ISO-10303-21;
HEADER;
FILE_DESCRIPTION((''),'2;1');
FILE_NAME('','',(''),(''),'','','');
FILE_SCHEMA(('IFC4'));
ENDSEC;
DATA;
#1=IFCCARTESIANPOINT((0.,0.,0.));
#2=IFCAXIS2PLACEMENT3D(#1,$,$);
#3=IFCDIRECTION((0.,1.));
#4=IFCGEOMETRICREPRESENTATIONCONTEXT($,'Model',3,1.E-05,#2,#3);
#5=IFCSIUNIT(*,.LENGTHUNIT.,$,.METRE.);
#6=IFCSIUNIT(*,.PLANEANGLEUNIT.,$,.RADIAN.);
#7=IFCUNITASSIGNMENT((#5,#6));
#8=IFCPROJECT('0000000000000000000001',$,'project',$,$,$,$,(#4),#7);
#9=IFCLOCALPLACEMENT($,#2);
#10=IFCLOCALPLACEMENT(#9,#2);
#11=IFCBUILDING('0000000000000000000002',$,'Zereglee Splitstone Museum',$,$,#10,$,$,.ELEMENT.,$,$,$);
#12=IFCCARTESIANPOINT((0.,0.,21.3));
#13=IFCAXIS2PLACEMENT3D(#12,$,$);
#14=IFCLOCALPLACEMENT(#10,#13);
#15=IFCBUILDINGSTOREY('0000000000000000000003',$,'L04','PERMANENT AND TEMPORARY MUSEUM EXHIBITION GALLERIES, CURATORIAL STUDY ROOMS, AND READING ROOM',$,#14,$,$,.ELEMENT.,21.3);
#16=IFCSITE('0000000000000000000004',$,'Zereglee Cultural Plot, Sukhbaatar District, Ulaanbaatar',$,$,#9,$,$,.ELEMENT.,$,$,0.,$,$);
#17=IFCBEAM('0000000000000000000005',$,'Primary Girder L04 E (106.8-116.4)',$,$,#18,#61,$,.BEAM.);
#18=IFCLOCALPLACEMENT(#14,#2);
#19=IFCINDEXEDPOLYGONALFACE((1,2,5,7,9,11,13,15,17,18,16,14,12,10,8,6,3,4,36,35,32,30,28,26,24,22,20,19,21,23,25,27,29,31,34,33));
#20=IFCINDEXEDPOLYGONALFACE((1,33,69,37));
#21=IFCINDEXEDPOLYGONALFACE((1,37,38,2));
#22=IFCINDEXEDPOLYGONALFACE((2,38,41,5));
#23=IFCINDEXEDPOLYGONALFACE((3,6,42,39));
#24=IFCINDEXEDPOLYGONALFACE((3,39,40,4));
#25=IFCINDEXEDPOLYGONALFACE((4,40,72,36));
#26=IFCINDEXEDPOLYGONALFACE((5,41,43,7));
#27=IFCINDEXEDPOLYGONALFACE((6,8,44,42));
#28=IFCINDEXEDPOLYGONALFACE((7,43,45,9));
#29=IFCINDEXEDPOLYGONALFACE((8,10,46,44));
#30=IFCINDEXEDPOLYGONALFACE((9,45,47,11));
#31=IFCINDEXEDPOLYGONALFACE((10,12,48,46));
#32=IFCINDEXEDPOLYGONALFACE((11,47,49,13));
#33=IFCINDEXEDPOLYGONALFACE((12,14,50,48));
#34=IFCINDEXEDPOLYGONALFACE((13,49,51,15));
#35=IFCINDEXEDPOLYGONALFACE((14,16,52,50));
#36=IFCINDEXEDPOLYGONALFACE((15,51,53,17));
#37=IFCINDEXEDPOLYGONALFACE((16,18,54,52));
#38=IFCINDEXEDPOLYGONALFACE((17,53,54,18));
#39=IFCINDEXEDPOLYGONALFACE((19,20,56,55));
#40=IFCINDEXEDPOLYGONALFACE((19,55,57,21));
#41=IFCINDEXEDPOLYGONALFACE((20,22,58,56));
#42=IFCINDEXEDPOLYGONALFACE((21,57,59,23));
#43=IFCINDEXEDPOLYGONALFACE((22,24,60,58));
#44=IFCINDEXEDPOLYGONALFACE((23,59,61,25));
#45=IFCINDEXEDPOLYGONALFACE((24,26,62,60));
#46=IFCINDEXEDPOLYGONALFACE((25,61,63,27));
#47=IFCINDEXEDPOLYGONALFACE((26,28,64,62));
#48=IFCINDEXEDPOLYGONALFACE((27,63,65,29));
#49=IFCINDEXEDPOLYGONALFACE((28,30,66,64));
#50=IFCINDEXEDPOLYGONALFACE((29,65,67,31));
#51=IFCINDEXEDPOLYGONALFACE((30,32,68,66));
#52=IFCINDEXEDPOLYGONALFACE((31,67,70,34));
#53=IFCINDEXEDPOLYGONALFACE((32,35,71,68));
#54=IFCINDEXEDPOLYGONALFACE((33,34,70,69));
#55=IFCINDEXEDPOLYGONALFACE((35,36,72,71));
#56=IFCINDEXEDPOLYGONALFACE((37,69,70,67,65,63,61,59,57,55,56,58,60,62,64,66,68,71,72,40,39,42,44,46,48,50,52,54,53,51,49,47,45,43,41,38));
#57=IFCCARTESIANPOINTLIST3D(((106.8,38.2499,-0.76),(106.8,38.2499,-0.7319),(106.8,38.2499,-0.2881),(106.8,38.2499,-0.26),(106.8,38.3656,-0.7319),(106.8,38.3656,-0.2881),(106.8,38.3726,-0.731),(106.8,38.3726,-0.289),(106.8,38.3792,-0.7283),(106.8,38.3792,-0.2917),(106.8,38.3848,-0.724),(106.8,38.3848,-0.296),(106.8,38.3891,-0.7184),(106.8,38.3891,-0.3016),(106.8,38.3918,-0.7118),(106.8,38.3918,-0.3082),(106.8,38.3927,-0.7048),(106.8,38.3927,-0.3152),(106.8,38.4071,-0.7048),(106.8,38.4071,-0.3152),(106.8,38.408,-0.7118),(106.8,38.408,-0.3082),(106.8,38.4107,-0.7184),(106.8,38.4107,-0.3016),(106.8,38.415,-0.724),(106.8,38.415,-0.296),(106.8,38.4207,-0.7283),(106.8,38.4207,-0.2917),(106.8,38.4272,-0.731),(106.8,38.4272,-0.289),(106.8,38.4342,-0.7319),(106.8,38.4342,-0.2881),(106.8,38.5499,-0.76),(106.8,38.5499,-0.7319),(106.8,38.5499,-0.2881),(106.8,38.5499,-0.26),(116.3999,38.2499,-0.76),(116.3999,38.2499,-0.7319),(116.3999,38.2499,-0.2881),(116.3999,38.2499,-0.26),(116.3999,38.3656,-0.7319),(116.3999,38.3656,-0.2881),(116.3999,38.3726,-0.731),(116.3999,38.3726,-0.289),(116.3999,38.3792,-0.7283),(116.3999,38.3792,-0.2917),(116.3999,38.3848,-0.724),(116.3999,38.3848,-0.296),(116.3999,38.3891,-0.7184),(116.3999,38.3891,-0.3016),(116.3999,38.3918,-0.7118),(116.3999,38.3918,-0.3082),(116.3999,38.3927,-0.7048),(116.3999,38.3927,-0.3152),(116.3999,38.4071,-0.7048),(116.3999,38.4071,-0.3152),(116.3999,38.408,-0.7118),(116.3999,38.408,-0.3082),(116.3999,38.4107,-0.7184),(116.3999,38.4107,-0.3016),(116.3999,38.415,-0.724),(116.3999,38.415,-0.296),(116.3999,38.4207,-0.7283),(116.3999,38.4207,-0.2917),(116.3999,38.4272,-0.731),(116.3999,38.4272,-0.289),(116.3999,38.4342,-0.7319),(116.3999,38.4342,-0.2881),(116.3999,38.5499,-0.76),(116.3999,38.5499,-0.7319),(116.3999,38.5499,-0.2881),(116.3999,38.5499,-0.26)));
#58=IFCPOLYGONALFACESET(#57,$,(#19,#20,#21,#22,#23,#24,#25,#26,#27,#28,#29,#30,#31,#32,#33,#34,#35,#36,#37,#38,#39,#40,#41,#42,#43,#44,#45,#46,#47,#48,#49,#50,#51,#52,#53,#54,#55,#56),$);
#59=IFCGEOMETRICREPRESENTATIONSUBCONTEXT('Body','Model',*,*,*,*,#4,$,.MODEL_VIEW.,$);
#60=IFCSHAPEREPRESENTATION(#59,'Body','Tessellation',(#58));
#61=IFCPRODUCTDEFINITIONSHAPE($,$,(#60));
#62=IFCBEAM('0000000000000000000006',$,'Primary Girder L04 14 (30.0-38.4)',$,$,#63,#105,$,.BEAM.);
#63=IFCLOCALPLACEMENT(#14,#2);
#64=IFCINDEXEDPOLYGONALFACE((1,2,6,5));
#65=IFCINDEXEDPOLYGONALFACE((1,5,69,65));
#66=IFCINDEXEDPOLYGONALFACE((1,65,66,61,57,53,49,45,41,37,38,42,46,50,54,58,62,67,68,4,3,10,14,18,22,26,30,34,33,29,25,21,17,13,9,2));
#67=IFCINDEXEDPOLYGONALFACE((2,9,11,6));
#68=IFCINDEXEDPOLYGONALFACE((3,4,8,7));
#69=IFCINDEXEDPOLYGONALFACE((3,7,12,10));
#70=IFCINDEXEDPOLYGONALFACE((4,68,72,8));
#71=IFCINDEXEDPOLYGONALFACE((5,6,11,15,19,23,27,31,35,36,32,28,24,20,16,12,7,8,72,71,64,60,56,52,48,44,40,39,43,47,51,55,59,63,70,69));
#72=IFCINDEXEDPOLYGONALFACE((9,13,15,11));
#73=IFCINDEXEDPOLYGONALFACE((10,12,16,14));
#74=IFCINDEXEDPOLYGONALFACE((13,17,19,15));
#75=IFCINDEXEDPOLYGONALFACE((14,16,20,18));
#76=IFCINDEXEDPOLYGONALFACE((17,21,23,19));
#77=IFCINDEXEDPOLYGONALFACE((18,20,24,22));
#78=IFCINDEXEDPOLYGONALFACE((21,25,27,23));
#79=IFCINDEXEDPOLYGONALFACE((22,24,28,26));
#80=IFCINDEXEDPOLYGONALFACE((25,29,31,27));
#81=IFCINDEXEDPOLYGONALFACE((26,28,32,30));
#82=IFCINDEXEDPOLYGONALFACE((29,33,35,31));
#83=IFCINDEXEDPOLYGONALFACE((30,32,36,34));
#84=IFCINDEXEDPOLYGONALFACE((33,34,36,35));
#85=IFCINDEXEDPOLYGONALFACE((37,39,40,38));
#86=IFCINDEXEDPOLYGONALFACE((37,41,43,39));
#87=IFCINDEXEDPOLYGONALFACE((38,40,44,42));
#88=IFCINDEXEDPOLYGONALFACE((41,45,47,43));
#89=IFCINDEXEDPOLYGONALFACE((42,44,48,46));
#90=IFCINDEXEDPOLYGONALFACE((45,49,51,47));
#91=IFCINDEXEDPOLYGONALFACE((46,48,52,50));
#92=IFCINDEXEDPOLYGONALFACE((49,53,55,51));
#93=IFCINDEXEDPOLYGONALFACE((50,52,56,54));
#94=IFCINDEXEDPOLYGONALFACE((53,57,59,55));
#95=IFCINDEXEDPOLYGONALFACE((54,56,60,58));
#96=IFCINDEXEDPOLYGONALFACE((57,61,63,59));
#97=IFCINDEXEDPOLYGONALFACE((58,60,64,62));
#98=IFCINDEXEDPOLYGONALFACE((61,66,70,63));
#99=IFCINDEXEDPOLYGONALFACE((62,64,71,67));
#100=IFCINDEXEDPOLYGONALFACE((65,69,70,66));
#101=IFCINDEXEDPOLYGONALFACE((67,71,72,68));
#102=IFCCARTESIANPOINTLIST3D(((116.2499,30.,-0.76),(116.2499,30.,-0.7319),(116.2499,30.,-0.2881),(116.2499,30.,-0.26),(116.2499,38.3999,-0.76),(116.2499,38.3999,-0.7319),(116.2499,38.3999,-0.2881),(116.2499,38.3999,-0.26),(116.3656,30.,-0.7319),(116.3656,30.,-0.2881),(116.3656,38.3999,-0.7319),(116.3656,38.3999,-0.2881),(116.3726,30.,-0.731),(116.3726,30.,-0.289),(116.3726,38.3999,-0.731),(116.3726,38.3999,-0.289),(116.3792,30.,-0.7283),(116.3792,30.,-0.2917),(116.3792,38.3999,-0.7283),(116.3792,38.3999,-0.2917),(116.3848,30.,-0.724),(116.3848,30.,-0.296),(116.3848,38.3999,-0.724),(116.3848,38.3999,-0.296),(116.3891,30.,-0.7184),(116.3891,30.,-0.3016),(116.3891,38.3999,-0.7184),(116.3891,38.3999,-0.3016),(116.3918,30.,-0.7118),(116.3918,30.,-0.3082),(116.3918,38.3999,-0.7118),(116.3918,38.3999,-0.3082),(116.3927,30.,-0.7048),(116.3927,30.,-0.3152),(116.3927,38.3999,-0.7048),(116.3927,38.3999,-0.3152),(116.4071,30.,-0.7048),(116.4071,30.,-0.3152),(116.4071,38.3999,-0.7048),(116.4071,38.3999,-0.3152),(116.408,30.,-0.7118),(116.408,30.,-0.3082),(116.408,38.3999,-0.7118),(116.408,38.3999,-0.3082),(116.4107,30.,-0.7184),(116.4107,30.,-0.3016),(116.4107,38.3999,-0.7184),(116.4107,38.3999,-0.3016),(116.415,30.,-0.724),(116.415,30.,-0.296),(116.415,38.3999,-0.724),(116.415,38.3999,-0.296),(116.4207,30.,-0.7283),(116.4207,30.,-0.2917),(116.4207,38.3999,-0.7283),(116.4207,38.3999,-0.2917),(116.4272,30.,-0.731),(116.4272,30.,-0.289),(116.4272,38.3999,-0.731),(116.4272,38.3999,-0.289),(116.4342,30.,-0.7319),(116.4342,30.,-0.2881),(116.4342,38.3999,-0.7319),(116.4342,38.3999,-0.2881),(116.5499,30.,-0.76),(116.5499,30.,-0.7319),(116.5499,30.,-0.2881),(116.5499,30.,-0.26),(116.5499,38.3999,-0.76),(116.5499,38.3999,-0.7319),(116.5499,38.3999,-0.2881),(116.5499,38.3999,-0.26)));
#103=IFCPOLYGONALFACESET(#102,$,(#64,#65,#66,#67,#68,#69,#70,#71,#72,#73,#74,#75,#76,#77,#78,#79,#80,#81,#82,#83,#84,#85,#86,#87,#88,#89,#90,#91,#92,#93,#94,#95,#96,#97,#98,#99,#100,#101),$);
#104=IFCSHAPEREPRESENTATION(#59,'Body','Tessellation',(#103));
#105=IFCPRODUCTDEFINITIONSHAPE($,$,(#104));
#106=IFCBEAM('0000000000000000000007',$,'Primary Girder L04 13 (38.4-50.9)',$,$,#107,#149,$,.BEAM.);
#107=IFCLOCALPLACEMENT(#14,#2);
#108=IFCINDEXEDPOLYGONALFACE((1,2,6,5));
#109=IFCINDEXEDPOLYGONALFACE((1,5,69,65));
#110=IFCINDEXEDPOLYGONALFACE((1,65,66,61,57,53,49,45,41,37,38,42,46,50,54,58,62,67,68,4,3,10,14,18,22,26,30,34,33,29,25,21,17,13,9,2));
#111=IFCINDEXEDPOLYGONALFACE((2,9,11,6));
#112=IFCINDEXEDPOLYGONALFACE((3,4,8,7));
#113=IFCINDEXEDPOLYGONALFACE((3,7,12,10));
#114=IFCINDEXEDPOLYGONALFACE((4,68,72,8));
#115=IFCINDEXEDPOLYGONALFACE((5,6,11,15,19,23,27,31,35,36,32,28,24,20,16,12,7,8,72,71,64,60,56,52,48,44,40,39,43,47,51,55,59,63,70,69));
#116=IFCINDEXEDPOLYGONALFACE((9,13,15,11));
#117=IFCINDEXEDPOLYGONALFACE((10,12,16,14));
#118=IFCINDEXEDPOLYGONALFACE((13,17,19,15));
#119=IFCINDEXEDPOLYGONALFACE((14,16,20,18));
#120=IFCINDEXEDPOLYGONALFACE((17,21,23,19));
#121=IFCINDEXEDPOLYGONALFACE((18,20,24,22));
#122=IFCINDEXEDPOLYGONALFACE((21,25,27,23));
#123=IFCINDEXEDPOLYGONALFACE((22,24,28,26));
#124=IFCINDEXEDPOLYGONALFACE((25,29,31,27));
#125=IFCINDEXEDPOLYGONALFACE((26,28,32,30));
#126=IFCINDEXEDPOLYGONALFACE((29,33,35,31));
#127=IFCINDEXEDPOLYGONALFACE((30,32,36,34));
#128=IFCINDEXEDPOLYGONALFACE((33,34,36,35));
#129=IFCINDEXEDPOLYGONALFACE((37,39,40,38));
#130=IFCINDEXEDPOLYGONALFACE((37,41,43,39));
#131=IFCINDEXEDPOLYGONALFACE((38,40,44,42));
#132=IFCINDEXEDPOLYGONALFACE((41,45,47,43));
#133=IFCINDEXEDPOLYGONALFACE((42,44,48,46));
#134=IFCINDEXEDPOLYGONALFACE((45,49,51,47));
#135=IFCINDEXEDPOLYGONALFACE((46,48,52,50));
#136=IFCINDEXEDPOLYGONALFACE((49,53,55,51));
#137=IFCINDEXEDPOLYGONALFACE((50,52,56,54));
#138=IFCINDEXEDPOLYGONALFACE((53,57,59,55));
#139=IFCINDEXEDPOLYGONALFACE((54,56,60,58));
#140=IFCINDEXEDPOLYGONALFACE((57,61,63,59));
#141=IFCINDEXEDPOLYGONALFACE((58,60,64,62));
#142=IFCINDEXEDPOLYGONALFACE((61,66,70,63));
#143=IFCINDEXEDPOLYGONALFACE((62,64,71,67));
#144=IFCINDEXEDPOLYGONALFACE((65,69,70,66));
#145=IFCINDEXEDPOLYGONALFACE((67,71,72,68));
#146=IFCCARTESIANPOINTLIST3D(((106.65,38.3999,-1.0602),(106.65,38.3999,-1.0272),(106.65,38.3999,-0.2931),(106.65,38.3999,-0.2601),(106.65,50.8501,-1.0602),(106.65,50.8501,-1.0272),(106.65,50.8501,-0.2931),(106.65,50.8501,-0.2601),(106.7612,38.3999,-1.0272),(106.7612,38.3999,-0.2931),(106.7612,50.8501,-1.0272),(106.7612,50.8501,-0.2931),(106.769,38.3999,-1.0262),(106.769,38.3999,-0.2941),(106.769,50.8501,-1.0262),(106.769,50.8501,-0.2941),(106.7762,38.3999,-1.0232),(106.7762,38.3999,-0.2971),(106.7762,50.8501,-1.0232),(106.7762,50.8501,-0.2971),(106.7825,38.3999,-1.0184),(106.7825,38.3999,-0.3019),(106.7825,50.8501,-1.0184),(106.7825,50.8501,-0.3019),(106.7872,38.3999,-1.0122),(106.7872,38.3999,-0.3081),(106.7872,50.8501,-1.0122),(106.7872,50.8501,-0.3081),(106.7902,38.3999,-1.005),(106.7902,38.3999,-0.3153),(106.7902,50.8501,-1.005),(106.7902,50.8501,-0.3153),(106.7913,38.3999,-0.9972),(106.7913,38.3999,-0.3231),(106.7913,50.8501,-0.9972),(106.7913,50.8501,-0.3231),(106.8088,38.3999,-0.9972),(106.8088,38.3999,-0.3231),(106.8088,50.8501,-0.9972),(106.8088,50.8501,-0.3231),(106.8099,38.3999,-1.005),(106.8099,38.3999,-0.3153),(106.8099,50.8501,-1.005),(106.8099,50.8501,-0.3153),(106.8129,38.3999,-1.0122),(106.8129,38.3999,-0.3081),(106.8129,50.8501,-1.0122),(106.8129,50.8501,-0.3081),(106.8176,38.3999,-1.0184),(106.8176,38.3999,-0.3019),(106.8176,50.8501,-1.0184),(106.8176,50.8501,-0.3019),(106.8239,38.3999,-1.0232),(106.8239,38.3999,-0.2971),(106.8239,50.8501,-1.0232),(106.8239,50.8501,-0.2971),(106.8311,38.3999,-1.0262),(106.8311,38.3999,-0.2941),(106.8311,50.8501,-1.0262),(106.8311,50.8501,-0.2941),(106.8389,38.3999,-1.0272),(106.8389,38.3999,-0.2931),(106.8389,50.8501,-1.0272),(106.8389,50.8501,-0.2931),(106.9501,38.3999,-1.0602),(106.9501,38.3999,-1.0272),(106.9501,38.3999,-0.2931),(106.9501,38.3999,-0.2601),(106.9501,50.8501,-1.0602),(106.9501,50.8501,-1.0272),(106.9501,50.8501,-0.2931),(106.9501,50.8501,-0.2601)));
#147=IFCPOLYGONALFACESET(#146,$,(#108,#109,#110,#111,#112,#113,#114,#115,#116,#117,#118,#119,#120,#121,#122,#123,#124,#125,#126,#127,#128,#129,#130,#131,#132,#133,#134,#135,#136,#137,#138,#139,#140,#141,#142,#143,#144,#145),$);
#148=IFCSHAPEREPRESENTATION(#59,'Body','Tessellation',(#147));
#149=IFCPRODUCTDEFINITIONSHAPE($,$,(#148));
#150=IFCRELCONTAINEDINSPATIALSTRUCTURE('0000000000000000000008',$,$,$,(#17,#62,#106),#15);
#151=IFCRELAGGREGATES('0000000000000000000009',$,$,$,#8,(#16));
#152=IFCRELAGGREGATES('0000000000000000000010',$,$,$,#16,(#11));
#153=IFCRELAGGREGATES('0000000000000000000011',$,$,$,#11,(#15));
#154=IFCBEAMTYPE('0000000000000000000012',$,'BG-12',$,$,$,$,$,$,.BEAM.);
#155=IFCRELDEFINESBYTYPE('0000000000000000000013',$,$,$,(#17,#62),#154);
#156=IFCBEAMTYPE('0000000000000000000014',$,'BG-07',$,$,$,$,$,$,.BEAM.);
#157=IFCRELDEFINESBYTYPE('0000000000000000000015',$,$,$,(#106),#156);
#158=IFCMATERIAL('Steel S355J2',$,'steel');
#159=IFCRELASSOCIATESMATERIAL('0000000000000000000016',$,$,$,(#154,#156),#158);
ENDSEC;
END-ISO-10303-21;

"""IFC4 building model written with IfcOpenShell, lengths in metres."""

from ifc_helpers import new_model, si_unit, direction, frame, origin, origin_2d, place, context, subcontext, project, spatial, i_section, extrude, material, material_profile, profile_set, type_object, element, save


model = new_model("IFC4")

# Units and contexts
model_context = context("Model", 3, precision=1e-05, world=origin(), true_north=direction((0.0, 1.0)))
body_context = subcontext(model_context, "Body", "Model", "MODEL_VIEW")
ifc_project = project(units=[si_unit("LENGTHUNIT", "METRE"), si_unit("PLANEANGLEUNIT", "RADIAN")], contexts=[model_context])

# Site, building, storey
site_placement = place(None, origin())
site = spatial("IfcSite", under=ifc_project, at=site_placement, Name="Zereglee Cultural Plot, Sukhbaatar District, Ulaanbaatar", CompositionType="ELEMENT", RefElevation=0.0)
building_placement = place(site_placement, origin())
building = spatial("IfcBuilding", under=site, at=building_placement, Name="Zereglee Splitstone Museum", CompositionType="ELEMENT")
storey_placement = place(building_placement, frame((0.0, 0.0, 21.3)))
storey = spatial("IfcBuildingStorey", under=building, at=storey_placement, Name="L04", Description="PERMANENT AND TEMPORARY MUSEUM EXHIBITION GALLERIES, CURATORIAL STUDY ROOMS, AND READING ROOM", CompositionType="ELEMENT", Elevation=21.3)

# Shared definitions
ifc_material_1 = material(Name="Steel S355J2", Category="steel")

# Beams
ifc_material_profile_1 = material_profile(ifc_material_1, i_section(OverallWidth=0.3, OverallDepth=0.5, WebThickness=0.0144, FlangeThickness=0.0281, FilletRadius=0.0271, at=origin_2d()), Name="HE 500 B")
ifc_profile_set_1 = profile_set([ifc_material_profile_1], Name="Steel S355J2")
beam_type_1 = type_object("IfcBeamType", Name="BG-12", PredefinedType="BEAM", material=ifc_profile_set_1)
beam_1_placement = place(storey_placement, frame((106.8, 38.3999, -0.51), z_axis=(1.0, 0.0, 0.0), x_axis=(0.0, 1.0, 0.0)))
element("IfcBeam", 1, at=beam_1_placement, inside=storey, type_object=beam_type_1, Name="Primary Girder L04 E (106.8-116.4)", PredefinedType="BEAM", context=body_context, shape_type="SweptSolid", body=[
    extrude(i_section(OverallWidth=0.3, OverallDepth=0.5, WebThickness=0.0144, FlangeThickness=0.0281, FilletRadius=0.0271, at=origin_2d()), origin(), (0.0, 0.0, 1.0), 9.5999),
])
beam_2_placement = place(storey_placement, frame((116.3999, 30.0, -0.51), z_axis=(0.0, 1.0, 0.0), x_axis=(-1.0, 0.0, 0.0)))
element("IfcBeam", 2, at=beam_2_placement, inside=storey, type_object=beam_type_1, Name="Primary Girder L04 14 (30.0-38.4)", PredefinedType="BEAM", context=body_context, shape_type="SweptSolid", body=[
    extrude(i_section(OverallWidth=0.3, OverallDepth=0.5, WebThickness=0.0144, FlangeThickness=0.0281, FilletRadius=0.0271, at=origin_2d()), origin(), (0.0, 0.0, 1.0), 8.3999),
])
ifc_material_profile_2 = material_profile(ifc_material_1, i_section(OverallWidth=0.3, OverallDepth=0.8, WebThickness=0.0176, FlangeThickness=0.033, FilletRadius=0.03, at=origin_2d()), Name="HE 800 B")
ifc_profile_set_2 = profile_set([ifc_material_profile_2], Name="Steel S355J2")
beam_type_2 = type_object("IfcBeamType", Name="BG-07", PredefinedType="BEAM", material=ifc_profile_set_2)
beam_3_placement = place(storey_placement, frame((106.8, 38.3999, -0.6602), z_axis=(0.0, 1.0, 0.0), x_axis=(-1.0, 0.0, 0.0)))
element("IfcBeam", 3, at=beam_3_placement, inside=storey, type_object=beam_type_2, Name="Primary Girder L04 13 (38.4-50.9)", PredefinedType="BEAM", context=body_context, shape_type="SweptSolid", body=[
    extrude(i_section(OverallWidth=0.3, OverallDepth=0.8, WebThickness=0.0176, FlangeThickness=0.033, FilletRadius=0.03, at=origin_2d()), origin(), (0.0, 0.0, 1.0), 12.4502),
])

save(model, "model.ifc")
